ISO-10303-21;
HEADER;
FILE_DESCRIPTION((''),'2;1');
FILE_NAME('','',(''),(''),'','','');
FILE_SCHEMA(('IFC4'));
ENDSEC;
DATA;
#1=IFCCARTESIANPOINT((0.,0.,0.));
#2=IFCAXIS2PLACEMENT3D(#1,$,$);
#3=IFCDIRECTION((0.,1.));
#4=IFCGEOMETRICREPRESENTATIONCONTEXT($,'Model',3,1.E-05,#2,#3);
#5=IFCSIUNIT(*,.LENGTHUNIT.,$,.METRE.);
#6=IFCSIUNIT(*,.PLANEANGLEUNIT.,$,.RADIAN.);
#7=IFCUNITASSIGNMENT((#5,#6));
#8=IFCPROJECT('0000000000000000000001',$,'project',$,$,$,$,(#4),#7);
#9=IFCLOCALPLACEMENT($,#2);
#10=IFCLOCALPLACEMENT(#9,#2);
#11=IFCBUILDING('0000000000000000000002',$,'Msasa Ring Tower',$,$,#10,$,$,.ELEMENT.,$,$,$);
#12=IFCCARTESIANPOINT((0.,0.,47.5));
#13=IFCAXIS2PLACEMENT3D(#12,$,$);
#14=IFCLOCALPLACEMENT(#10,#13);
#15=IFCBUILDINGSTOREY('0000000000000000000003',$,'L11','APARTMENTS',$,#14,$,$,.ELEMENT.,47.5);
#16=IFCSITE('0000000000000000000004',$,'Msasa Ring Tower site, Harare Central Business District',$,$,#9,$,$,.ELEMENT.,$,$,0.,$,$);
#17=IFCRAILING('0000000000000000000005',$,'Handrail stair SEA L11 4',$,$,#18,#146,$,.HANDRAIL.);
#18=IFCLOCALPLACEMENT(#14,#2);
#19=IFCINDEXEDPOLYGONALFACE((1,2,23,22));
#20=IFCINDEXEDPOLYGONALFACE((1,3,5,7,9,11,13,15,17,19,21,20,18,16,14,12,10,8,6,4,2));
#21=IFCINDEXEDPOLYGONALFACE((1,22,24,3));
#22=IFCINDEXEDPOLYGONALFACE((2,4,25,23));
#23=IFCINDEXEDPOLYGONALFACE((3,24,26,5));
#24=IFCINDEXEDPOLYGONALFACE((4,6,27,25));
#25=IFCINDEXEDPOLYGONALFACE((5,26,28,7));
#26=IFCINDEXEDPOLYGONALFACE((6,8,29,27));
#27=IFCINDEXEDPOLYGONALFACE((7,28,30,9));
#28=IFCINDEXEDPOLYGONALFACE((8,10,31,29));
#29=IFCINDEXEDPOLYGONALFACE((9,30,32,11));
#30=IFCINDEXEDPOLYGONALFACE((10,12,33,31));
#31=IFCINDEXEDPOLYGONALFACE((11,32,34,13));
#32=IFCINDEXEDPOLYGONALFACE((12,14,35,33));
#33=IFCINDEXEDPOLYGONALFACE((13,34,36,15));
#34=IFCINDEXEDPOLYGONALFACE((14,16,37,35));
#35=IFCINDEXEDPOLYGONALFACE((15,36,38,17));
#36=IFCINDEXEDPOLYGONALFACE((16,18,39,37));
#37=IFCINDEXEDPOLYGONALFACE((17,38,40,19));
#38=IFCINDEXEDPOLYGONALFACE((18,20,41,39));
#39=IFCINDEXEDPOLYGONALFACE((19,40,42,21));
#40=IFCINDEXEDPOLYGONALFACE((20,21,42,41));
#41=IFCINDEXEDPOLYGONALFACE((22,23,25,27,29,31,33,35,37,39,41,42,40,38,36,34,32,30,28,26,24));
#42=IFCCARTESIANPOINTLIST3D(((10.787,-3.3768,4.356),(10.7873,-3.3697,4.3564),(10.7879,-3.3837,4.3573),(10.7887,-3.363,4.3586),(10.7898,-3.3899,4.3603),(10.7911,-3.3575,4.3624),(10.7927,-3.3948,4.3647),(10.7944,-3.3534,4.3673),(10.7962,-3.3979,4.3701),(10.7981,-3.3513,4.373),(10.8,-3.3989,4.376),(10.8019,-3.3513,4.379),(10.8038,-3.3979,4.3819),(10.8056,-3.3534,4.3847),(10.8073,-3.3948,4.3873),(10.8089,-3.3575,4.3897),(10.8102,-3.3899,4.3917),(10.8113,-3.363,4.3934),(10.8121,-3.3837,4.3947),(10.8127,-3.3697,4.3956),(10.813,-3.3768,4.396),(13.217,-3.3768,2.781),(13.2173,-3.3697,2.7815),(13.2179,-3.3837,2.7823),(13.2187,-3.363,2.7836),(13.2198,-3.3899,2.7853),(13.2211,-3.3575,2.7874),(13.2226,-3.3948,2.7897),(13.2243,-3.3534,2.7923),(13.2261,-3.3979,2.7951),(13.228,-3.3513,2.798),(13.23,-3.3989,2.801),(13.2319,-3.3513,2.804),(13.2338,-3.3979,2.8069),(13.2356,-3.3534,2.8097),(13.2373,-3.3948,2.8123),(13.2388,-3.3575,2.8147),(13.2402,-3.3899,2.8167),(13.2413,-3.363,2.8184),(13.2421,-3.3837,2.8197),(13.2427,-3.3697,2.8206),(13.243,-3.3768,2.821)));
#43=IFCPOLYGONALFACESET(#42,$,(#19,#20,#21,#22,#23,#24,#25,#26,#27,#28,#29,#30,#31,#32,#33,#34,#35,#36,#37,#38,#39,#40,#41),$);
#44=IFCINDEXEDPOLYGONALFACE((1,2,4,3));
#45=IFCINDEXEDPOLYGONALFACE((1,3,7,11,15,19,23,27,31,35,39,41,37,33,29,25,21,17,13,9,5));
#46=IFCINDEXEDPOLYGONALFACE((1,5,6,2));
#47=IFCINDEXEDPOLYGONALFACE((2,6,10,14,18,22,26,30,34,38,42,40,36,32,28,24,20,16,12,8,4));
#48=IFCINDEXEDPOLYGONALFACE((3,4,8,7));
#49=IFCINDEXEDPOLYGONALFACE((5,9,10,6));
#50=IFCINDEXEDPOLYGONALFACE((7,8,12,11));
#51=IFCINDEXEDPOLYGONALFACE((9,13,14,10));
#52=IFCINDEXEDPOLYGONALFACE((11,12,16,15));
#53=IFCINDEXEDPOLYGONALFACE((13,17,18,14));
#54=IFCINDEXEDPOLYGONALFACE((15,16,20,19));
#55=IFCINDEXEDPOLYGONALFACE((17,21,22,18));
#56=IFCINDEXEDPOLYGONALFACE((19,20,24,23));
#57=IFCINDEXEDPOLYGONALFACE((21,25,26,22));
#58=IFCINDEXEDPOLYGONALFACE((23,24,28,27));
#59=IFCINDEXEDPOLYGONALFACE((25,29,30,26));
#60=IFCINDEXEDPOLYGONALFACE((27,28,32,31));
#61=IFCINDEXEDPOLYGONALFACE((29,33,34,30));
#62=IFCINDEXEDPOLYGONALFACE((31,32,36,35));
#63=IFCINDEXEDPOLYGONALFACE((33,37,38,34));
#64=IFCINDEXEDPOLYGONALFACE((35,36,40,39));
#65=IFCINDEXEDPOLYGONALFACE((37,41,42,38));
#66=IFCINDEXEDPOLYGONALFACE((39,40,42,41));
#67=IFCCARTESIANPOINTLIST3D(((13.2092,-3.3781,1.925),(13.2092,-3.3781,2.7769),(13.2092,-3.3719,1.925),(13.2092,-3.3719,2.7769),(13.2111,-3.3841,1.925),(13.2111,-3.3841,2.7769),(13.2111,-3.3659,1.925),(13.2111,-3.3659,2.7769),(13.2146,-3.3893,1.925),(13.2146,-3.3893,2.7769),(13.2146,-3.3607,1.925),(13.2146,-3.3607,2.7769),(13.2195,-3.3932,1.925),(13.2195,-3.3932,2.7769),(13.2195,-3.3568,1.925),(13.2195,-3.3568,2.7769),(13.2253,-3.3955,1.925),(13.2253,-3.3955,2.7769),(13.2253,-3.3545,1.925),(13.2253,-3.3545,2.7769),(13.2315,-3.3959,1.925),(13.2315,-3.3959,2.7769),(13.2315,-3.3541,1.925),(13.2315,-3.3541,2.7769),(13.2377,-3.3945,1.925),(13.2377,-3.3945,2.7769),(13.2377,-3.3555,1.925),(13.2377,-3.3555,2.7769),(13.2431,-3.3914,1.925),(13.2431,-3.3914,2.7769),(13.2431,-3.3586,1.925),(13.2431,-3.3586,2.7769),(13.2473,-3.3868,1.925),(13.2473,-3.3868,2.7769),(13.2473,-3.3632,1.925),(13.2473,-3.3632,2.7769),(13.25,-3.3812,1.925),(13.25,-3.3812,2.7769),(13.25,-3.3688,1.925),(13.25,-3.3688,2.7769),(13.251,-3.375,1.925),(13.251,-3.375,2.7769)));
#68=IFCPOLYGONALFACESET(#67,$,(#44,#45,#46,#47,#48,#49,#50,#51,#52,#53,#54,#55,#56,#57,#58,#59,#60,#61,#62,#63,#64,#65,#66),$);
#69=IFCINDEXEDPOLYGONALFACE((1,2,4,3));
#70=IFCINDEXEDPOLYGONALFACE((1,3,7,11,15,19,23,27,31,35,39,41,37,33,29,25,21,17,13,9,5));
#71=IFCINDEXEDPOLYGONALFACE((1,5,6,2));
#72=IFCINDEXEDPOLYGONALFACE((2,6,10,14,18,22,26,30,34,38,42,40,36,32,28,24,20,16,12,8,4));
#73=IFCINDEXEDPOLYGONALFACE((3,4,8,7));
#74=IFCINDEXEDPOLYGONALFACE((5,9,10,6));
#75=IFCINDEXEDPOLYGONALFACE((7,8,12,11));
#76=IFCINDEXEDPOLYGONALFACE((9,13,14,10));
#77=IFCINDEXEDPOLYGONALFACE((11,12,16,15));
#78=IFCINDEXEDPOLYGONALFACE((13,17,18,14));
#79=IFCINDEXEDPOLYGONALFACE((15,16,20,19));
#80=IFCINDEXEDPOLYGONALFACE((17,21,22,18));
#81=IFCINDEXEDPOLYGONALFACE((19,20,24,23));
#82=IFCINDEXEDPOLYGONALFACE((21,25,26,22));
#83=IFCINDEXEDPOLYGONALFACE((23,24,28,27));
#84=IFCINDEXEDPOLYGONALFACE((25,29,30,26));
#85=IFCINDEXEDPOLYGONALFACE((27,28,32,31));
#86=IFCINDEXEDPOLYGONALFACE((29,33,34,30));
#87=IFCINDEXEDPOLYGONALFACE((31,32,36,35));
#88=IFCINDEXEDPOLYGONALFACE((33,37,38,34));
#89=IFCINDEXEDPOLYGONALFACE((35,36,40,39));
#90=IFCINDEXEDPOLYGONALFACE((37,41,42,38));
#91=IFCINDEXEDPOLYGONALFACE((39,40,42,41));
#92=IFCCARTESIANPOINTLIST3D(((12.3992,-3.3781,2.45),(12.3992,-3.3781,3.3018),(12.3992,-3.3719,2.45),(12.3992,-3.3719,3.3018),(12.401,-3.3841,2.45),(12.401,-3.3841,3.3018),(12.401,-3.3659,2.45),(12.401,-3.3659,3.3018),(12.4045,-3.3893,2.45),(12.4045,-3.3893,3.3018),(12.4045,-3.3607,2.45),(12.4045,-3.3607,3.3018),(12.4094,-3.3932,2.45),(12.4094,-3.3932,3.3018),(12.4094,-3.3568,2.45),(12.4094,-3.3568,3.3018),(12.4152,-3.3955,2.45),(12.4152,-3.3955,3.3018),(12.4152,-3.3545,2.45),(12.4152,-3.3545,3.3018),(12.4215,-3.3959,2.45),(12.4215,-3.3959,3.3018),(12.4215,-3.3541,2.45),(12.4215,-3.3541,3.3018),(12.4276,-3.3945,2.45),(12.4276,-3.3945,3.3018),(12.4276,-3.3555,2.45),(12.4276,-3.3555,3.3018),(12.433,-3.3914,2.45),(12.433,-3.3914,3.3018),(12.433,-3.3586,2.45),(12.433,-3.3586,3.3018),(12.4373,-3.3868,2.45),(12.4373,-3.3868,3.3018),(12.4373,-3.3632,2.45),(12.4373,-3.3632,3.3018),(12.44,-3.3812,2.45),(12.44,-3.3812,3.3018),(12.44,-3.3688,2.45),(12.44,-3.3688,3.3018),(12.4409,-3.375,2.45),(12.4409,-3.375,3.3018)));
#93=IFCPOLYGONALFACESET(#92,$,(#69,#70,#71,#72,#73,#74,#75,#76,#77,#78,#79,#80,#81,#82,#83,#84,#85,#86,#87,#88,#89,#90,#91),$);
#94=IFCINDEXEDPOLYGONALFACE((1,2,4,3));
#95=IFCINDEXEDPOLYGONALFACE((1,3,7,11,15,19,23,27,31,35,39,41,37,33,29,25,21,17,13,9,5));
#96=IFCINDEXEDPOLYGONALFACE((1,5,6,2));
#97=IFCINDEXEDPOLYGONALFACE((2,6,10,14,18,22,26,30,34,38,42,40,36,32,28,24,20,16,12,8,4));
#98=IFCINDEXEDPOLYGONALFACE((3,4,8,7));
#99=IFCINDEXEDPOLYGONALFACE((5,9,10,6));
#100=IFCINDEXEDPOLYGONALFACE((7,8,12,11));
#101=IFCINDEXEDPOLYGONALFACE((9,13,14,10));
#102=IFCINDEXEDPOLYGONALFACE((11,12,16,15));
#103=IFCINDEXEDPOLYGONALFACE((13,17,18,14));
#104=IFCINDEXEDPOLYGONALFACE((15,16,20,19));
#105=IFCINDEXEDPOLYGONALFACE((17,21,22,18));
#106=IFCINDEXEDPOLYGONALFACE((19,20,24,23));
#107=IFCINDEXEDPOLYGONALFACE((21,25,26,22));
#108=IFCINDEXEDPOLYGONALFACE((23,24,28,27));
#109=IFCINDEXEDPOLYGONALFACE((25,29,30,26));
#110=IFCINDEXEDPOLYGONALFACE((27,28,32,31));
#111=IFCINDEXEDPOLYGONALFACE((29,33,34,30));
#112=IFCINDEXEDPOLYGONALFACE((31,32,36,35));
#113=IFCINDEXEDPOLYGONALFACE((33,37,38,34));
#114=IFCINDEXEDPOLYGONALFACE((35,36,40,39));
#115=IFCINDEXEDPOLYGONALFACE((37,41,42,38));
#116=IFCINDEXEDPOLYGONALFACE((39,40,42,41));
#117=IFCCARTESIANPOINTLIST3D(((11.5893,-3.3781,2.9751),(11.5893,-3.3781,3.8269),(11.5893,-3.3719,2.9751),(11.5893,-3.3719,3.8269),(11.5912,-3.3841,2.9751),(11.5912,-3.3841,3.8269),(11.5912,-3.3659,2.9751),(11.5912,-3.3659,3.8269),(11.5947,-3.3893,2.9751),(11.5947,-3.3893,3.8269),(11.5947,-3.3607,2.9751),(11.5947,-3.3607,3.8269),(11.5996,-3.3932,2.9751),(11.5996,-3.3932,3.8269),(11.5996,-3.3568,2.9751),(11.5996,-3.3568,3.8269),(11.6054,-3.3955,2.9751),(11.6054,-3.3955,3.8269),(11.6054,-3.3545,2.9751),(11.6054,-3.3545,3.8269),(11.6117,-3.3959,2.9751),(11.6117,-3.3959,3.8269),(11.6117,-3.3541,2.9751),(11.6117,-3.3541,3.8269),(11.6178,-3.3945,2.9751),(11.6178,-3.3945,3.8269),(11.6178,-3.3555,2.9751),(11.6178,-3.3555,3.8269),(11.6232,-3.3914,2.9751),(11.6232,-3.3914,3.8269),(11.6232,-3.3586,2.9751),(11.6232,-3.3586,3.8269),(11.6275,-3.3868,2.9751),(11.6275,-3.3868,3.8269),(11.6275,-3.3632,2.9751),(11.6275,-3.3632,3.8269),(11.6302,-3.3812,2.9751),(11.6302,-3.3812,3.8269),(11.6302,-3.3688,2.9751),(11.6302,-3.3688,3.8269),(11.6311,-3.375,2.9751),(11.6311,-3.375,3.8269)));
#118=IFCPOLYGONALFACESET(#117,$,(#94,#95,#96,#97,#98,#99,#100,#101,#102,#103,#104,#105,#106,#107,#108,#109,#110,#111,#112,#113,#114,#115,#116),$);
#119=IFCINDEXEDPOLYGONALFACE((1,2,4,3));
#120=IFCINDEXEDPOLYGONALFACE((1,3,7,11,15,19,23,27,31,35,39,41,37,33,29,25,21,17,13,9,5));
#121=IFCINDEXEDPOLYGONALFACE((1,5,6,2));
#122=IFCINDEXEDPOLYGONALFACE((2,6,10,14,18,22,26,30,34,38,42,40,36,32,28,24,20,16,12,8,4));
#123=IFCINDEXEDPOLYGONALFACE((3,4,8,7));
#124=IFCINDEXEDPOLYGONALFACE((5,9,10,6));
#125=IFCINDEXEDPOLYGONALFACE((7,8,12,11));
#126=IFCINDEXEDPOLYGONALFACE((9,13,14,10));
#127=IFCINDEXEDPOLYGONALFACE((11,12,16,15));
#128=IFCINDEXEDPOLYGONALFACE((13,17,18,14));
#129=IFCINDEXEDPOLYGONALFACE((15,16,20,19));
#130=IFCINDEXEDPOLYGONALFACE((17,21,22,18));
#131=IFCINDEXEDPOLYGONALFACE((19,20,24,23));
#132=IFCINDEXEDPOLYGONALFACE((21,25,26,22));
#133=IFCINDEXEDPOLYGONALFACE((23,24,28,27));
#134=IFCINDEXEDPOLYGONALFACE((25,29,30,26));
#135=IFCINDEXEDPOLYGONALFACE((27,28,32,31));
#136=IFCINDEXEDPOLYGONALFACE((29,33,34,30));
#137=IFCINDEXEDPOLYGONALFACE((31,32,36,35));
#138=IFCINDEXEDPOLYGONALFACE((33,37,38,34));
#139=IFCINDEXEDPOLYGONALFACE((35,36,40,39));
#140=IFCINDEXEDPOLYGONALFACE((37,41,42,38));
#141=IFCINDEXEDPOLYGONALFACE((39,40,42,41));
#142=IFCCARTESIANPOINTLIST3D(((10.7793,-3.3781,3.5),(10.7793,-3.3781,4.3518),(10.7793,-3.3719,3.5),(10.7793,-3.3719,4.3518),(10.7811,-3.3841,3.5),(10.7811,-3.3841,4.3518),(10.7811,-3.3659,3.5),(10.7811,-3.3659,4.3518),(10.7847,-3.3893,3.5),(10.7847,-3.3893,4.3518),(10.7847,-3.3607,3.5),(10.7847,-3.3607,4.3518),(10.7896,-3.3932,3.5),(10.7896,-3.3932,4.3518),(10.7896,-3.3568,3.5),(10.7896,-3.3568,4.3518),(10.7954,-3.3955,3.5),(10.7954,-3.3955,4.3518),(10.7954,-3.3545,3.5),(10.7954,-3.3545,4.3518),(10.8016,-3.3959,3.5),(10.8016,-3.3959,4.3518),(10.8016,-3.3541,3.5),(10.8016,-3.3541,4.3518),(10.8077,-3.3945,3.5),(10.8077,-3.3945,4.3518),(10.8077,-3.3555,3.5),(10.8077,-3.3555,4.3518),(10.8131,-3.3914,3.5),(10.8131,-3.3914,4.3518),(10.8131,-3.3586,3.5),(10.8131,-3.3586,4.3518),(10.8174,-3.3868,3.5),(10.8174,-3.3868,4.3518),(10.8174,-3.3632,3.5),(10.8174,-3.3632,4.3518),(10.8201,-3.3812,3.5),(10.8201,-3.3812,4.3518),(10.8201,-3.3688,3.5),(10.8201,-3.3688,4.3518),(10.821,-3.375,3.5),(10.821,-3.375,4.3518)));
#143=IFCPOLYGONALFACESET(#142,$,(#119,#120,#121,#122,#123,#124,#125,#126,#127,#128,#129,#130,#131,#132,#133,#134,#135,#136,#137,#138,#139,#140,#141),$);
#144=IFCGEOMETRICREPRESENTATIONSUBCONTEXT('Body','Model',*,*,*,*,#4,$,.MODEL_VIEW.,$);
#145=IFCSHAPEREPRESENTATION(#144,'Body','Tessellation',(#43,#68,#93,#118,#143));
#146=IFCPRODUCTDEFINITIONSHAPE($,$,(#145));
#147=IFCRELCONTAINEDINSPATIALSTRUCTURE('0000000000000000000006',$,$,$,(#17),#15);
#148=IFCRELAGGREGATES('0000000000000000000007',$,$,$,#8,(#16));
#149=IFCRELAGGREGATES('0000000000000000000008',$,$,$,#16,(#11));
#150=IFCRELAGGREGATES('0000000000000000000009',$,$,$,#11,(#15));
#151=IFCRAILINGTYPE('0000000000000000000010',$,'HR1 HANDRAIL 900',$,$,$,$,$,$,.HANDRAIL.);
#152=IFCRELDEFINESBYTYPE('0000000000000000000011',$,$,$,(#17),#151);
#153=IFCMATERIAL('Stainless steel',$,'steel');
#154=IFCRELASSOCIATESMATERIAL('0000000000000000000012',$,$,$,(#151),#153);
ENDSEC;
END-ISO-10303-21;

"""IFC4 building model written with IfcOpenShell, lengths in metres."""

from ifc_helpers import new_model, si_unit, direction, frame, origin, origin_2d, place, context, subcontext, project, spatial, circle, extrude, material, type_object, element, save


model = new_model("IFC4")

# Units and contexts
model_context = context("Model", 3, precision=1e-05, world=origin(), true_north=direction((0.0, 1.0)))
body_context = subcontext(model_context, "Body", "Model", "MODEL_VIEW")
ifc_project = project(units=[si_unit("LENGTHUNIT", "METRE"), si_unit("PLANEANGLEUNIT", "RADIAN")], contexts=[model_context])

# Site, building, storey
site_placement = place(None, origin())
site = spatial("IfcSite", under=ifc_project, at=site_placement, Name="Msasa Ring Tower site, Harare Central Business District", CompositionType="ELEMENT", RefElevation=0.0)
building_placement = place(site_placement, origin())
building = spatial("IfcBuilding", under=site, at=building_placement, Name="Msasa Ring Tower", CompositionType="ELEMENT")
storey_placement = place(building_placement, frame((0.0, 0.0, 47.5)))
storey = spatial("IfcBuildingStorey", under=building, at=storey_placement, Name="L11", Description="APARTMENTS", CompositionType="ELEMENT", Elevation=47.5)

# Railing
ifc_material_1 = material(Name="Stainless steel", Category="steel")
railing_type = type_object("IfcRailingType", Name="HR1 HANDRAIL 900", PredefinedType="HANDRAIL", material=ifc_material_1)
for number, where, name in (
    (1, (13.23, -3.375, 1.925), "Handrail stair SEA L11 4"),
):
    element("IfcRailing", number, at=place(storey_placement, frame(where)), inside=storey, type_object=railing_type, Name=name, PredefinedType="HANDRAIL", context=body_context, shape_type="SweptSolid", body=[
        extrude(circle(Radius=0.0239, at=origin_2d()), frame((0.0, 0.0, 0.876), z_axis=(-0.839154, 0.0, 0.543894), x_axis=(0.0, -1.0, 0.0)), (0.0, 0.0, 1.0), 2.8958),
        extrude(circle(Radius=0.021, at=origin_2d()), origin(), (0.0, 0.0, 1.0), 0.8518),
        extrude(circle(Radius=0.021, at=origin_2d()), frame((-0.8101, 0.0, 0.5249)), (0.0, 0.0, 1.0), 0.8518),
        extrude(circle(Radius=0.021, at=origin_2d()), frame((-1.6199, 0.0, 1.05)), (0.0, 0.0, 1.0), 0.8518),
        extrude(circle(Radius=0.021, at=origin_2d()), frame((-2.4299, 0.0, 1.575)), (0.0, 0.0, 1.0), 0.8518),
    ])

save(model, "model.ifc")
